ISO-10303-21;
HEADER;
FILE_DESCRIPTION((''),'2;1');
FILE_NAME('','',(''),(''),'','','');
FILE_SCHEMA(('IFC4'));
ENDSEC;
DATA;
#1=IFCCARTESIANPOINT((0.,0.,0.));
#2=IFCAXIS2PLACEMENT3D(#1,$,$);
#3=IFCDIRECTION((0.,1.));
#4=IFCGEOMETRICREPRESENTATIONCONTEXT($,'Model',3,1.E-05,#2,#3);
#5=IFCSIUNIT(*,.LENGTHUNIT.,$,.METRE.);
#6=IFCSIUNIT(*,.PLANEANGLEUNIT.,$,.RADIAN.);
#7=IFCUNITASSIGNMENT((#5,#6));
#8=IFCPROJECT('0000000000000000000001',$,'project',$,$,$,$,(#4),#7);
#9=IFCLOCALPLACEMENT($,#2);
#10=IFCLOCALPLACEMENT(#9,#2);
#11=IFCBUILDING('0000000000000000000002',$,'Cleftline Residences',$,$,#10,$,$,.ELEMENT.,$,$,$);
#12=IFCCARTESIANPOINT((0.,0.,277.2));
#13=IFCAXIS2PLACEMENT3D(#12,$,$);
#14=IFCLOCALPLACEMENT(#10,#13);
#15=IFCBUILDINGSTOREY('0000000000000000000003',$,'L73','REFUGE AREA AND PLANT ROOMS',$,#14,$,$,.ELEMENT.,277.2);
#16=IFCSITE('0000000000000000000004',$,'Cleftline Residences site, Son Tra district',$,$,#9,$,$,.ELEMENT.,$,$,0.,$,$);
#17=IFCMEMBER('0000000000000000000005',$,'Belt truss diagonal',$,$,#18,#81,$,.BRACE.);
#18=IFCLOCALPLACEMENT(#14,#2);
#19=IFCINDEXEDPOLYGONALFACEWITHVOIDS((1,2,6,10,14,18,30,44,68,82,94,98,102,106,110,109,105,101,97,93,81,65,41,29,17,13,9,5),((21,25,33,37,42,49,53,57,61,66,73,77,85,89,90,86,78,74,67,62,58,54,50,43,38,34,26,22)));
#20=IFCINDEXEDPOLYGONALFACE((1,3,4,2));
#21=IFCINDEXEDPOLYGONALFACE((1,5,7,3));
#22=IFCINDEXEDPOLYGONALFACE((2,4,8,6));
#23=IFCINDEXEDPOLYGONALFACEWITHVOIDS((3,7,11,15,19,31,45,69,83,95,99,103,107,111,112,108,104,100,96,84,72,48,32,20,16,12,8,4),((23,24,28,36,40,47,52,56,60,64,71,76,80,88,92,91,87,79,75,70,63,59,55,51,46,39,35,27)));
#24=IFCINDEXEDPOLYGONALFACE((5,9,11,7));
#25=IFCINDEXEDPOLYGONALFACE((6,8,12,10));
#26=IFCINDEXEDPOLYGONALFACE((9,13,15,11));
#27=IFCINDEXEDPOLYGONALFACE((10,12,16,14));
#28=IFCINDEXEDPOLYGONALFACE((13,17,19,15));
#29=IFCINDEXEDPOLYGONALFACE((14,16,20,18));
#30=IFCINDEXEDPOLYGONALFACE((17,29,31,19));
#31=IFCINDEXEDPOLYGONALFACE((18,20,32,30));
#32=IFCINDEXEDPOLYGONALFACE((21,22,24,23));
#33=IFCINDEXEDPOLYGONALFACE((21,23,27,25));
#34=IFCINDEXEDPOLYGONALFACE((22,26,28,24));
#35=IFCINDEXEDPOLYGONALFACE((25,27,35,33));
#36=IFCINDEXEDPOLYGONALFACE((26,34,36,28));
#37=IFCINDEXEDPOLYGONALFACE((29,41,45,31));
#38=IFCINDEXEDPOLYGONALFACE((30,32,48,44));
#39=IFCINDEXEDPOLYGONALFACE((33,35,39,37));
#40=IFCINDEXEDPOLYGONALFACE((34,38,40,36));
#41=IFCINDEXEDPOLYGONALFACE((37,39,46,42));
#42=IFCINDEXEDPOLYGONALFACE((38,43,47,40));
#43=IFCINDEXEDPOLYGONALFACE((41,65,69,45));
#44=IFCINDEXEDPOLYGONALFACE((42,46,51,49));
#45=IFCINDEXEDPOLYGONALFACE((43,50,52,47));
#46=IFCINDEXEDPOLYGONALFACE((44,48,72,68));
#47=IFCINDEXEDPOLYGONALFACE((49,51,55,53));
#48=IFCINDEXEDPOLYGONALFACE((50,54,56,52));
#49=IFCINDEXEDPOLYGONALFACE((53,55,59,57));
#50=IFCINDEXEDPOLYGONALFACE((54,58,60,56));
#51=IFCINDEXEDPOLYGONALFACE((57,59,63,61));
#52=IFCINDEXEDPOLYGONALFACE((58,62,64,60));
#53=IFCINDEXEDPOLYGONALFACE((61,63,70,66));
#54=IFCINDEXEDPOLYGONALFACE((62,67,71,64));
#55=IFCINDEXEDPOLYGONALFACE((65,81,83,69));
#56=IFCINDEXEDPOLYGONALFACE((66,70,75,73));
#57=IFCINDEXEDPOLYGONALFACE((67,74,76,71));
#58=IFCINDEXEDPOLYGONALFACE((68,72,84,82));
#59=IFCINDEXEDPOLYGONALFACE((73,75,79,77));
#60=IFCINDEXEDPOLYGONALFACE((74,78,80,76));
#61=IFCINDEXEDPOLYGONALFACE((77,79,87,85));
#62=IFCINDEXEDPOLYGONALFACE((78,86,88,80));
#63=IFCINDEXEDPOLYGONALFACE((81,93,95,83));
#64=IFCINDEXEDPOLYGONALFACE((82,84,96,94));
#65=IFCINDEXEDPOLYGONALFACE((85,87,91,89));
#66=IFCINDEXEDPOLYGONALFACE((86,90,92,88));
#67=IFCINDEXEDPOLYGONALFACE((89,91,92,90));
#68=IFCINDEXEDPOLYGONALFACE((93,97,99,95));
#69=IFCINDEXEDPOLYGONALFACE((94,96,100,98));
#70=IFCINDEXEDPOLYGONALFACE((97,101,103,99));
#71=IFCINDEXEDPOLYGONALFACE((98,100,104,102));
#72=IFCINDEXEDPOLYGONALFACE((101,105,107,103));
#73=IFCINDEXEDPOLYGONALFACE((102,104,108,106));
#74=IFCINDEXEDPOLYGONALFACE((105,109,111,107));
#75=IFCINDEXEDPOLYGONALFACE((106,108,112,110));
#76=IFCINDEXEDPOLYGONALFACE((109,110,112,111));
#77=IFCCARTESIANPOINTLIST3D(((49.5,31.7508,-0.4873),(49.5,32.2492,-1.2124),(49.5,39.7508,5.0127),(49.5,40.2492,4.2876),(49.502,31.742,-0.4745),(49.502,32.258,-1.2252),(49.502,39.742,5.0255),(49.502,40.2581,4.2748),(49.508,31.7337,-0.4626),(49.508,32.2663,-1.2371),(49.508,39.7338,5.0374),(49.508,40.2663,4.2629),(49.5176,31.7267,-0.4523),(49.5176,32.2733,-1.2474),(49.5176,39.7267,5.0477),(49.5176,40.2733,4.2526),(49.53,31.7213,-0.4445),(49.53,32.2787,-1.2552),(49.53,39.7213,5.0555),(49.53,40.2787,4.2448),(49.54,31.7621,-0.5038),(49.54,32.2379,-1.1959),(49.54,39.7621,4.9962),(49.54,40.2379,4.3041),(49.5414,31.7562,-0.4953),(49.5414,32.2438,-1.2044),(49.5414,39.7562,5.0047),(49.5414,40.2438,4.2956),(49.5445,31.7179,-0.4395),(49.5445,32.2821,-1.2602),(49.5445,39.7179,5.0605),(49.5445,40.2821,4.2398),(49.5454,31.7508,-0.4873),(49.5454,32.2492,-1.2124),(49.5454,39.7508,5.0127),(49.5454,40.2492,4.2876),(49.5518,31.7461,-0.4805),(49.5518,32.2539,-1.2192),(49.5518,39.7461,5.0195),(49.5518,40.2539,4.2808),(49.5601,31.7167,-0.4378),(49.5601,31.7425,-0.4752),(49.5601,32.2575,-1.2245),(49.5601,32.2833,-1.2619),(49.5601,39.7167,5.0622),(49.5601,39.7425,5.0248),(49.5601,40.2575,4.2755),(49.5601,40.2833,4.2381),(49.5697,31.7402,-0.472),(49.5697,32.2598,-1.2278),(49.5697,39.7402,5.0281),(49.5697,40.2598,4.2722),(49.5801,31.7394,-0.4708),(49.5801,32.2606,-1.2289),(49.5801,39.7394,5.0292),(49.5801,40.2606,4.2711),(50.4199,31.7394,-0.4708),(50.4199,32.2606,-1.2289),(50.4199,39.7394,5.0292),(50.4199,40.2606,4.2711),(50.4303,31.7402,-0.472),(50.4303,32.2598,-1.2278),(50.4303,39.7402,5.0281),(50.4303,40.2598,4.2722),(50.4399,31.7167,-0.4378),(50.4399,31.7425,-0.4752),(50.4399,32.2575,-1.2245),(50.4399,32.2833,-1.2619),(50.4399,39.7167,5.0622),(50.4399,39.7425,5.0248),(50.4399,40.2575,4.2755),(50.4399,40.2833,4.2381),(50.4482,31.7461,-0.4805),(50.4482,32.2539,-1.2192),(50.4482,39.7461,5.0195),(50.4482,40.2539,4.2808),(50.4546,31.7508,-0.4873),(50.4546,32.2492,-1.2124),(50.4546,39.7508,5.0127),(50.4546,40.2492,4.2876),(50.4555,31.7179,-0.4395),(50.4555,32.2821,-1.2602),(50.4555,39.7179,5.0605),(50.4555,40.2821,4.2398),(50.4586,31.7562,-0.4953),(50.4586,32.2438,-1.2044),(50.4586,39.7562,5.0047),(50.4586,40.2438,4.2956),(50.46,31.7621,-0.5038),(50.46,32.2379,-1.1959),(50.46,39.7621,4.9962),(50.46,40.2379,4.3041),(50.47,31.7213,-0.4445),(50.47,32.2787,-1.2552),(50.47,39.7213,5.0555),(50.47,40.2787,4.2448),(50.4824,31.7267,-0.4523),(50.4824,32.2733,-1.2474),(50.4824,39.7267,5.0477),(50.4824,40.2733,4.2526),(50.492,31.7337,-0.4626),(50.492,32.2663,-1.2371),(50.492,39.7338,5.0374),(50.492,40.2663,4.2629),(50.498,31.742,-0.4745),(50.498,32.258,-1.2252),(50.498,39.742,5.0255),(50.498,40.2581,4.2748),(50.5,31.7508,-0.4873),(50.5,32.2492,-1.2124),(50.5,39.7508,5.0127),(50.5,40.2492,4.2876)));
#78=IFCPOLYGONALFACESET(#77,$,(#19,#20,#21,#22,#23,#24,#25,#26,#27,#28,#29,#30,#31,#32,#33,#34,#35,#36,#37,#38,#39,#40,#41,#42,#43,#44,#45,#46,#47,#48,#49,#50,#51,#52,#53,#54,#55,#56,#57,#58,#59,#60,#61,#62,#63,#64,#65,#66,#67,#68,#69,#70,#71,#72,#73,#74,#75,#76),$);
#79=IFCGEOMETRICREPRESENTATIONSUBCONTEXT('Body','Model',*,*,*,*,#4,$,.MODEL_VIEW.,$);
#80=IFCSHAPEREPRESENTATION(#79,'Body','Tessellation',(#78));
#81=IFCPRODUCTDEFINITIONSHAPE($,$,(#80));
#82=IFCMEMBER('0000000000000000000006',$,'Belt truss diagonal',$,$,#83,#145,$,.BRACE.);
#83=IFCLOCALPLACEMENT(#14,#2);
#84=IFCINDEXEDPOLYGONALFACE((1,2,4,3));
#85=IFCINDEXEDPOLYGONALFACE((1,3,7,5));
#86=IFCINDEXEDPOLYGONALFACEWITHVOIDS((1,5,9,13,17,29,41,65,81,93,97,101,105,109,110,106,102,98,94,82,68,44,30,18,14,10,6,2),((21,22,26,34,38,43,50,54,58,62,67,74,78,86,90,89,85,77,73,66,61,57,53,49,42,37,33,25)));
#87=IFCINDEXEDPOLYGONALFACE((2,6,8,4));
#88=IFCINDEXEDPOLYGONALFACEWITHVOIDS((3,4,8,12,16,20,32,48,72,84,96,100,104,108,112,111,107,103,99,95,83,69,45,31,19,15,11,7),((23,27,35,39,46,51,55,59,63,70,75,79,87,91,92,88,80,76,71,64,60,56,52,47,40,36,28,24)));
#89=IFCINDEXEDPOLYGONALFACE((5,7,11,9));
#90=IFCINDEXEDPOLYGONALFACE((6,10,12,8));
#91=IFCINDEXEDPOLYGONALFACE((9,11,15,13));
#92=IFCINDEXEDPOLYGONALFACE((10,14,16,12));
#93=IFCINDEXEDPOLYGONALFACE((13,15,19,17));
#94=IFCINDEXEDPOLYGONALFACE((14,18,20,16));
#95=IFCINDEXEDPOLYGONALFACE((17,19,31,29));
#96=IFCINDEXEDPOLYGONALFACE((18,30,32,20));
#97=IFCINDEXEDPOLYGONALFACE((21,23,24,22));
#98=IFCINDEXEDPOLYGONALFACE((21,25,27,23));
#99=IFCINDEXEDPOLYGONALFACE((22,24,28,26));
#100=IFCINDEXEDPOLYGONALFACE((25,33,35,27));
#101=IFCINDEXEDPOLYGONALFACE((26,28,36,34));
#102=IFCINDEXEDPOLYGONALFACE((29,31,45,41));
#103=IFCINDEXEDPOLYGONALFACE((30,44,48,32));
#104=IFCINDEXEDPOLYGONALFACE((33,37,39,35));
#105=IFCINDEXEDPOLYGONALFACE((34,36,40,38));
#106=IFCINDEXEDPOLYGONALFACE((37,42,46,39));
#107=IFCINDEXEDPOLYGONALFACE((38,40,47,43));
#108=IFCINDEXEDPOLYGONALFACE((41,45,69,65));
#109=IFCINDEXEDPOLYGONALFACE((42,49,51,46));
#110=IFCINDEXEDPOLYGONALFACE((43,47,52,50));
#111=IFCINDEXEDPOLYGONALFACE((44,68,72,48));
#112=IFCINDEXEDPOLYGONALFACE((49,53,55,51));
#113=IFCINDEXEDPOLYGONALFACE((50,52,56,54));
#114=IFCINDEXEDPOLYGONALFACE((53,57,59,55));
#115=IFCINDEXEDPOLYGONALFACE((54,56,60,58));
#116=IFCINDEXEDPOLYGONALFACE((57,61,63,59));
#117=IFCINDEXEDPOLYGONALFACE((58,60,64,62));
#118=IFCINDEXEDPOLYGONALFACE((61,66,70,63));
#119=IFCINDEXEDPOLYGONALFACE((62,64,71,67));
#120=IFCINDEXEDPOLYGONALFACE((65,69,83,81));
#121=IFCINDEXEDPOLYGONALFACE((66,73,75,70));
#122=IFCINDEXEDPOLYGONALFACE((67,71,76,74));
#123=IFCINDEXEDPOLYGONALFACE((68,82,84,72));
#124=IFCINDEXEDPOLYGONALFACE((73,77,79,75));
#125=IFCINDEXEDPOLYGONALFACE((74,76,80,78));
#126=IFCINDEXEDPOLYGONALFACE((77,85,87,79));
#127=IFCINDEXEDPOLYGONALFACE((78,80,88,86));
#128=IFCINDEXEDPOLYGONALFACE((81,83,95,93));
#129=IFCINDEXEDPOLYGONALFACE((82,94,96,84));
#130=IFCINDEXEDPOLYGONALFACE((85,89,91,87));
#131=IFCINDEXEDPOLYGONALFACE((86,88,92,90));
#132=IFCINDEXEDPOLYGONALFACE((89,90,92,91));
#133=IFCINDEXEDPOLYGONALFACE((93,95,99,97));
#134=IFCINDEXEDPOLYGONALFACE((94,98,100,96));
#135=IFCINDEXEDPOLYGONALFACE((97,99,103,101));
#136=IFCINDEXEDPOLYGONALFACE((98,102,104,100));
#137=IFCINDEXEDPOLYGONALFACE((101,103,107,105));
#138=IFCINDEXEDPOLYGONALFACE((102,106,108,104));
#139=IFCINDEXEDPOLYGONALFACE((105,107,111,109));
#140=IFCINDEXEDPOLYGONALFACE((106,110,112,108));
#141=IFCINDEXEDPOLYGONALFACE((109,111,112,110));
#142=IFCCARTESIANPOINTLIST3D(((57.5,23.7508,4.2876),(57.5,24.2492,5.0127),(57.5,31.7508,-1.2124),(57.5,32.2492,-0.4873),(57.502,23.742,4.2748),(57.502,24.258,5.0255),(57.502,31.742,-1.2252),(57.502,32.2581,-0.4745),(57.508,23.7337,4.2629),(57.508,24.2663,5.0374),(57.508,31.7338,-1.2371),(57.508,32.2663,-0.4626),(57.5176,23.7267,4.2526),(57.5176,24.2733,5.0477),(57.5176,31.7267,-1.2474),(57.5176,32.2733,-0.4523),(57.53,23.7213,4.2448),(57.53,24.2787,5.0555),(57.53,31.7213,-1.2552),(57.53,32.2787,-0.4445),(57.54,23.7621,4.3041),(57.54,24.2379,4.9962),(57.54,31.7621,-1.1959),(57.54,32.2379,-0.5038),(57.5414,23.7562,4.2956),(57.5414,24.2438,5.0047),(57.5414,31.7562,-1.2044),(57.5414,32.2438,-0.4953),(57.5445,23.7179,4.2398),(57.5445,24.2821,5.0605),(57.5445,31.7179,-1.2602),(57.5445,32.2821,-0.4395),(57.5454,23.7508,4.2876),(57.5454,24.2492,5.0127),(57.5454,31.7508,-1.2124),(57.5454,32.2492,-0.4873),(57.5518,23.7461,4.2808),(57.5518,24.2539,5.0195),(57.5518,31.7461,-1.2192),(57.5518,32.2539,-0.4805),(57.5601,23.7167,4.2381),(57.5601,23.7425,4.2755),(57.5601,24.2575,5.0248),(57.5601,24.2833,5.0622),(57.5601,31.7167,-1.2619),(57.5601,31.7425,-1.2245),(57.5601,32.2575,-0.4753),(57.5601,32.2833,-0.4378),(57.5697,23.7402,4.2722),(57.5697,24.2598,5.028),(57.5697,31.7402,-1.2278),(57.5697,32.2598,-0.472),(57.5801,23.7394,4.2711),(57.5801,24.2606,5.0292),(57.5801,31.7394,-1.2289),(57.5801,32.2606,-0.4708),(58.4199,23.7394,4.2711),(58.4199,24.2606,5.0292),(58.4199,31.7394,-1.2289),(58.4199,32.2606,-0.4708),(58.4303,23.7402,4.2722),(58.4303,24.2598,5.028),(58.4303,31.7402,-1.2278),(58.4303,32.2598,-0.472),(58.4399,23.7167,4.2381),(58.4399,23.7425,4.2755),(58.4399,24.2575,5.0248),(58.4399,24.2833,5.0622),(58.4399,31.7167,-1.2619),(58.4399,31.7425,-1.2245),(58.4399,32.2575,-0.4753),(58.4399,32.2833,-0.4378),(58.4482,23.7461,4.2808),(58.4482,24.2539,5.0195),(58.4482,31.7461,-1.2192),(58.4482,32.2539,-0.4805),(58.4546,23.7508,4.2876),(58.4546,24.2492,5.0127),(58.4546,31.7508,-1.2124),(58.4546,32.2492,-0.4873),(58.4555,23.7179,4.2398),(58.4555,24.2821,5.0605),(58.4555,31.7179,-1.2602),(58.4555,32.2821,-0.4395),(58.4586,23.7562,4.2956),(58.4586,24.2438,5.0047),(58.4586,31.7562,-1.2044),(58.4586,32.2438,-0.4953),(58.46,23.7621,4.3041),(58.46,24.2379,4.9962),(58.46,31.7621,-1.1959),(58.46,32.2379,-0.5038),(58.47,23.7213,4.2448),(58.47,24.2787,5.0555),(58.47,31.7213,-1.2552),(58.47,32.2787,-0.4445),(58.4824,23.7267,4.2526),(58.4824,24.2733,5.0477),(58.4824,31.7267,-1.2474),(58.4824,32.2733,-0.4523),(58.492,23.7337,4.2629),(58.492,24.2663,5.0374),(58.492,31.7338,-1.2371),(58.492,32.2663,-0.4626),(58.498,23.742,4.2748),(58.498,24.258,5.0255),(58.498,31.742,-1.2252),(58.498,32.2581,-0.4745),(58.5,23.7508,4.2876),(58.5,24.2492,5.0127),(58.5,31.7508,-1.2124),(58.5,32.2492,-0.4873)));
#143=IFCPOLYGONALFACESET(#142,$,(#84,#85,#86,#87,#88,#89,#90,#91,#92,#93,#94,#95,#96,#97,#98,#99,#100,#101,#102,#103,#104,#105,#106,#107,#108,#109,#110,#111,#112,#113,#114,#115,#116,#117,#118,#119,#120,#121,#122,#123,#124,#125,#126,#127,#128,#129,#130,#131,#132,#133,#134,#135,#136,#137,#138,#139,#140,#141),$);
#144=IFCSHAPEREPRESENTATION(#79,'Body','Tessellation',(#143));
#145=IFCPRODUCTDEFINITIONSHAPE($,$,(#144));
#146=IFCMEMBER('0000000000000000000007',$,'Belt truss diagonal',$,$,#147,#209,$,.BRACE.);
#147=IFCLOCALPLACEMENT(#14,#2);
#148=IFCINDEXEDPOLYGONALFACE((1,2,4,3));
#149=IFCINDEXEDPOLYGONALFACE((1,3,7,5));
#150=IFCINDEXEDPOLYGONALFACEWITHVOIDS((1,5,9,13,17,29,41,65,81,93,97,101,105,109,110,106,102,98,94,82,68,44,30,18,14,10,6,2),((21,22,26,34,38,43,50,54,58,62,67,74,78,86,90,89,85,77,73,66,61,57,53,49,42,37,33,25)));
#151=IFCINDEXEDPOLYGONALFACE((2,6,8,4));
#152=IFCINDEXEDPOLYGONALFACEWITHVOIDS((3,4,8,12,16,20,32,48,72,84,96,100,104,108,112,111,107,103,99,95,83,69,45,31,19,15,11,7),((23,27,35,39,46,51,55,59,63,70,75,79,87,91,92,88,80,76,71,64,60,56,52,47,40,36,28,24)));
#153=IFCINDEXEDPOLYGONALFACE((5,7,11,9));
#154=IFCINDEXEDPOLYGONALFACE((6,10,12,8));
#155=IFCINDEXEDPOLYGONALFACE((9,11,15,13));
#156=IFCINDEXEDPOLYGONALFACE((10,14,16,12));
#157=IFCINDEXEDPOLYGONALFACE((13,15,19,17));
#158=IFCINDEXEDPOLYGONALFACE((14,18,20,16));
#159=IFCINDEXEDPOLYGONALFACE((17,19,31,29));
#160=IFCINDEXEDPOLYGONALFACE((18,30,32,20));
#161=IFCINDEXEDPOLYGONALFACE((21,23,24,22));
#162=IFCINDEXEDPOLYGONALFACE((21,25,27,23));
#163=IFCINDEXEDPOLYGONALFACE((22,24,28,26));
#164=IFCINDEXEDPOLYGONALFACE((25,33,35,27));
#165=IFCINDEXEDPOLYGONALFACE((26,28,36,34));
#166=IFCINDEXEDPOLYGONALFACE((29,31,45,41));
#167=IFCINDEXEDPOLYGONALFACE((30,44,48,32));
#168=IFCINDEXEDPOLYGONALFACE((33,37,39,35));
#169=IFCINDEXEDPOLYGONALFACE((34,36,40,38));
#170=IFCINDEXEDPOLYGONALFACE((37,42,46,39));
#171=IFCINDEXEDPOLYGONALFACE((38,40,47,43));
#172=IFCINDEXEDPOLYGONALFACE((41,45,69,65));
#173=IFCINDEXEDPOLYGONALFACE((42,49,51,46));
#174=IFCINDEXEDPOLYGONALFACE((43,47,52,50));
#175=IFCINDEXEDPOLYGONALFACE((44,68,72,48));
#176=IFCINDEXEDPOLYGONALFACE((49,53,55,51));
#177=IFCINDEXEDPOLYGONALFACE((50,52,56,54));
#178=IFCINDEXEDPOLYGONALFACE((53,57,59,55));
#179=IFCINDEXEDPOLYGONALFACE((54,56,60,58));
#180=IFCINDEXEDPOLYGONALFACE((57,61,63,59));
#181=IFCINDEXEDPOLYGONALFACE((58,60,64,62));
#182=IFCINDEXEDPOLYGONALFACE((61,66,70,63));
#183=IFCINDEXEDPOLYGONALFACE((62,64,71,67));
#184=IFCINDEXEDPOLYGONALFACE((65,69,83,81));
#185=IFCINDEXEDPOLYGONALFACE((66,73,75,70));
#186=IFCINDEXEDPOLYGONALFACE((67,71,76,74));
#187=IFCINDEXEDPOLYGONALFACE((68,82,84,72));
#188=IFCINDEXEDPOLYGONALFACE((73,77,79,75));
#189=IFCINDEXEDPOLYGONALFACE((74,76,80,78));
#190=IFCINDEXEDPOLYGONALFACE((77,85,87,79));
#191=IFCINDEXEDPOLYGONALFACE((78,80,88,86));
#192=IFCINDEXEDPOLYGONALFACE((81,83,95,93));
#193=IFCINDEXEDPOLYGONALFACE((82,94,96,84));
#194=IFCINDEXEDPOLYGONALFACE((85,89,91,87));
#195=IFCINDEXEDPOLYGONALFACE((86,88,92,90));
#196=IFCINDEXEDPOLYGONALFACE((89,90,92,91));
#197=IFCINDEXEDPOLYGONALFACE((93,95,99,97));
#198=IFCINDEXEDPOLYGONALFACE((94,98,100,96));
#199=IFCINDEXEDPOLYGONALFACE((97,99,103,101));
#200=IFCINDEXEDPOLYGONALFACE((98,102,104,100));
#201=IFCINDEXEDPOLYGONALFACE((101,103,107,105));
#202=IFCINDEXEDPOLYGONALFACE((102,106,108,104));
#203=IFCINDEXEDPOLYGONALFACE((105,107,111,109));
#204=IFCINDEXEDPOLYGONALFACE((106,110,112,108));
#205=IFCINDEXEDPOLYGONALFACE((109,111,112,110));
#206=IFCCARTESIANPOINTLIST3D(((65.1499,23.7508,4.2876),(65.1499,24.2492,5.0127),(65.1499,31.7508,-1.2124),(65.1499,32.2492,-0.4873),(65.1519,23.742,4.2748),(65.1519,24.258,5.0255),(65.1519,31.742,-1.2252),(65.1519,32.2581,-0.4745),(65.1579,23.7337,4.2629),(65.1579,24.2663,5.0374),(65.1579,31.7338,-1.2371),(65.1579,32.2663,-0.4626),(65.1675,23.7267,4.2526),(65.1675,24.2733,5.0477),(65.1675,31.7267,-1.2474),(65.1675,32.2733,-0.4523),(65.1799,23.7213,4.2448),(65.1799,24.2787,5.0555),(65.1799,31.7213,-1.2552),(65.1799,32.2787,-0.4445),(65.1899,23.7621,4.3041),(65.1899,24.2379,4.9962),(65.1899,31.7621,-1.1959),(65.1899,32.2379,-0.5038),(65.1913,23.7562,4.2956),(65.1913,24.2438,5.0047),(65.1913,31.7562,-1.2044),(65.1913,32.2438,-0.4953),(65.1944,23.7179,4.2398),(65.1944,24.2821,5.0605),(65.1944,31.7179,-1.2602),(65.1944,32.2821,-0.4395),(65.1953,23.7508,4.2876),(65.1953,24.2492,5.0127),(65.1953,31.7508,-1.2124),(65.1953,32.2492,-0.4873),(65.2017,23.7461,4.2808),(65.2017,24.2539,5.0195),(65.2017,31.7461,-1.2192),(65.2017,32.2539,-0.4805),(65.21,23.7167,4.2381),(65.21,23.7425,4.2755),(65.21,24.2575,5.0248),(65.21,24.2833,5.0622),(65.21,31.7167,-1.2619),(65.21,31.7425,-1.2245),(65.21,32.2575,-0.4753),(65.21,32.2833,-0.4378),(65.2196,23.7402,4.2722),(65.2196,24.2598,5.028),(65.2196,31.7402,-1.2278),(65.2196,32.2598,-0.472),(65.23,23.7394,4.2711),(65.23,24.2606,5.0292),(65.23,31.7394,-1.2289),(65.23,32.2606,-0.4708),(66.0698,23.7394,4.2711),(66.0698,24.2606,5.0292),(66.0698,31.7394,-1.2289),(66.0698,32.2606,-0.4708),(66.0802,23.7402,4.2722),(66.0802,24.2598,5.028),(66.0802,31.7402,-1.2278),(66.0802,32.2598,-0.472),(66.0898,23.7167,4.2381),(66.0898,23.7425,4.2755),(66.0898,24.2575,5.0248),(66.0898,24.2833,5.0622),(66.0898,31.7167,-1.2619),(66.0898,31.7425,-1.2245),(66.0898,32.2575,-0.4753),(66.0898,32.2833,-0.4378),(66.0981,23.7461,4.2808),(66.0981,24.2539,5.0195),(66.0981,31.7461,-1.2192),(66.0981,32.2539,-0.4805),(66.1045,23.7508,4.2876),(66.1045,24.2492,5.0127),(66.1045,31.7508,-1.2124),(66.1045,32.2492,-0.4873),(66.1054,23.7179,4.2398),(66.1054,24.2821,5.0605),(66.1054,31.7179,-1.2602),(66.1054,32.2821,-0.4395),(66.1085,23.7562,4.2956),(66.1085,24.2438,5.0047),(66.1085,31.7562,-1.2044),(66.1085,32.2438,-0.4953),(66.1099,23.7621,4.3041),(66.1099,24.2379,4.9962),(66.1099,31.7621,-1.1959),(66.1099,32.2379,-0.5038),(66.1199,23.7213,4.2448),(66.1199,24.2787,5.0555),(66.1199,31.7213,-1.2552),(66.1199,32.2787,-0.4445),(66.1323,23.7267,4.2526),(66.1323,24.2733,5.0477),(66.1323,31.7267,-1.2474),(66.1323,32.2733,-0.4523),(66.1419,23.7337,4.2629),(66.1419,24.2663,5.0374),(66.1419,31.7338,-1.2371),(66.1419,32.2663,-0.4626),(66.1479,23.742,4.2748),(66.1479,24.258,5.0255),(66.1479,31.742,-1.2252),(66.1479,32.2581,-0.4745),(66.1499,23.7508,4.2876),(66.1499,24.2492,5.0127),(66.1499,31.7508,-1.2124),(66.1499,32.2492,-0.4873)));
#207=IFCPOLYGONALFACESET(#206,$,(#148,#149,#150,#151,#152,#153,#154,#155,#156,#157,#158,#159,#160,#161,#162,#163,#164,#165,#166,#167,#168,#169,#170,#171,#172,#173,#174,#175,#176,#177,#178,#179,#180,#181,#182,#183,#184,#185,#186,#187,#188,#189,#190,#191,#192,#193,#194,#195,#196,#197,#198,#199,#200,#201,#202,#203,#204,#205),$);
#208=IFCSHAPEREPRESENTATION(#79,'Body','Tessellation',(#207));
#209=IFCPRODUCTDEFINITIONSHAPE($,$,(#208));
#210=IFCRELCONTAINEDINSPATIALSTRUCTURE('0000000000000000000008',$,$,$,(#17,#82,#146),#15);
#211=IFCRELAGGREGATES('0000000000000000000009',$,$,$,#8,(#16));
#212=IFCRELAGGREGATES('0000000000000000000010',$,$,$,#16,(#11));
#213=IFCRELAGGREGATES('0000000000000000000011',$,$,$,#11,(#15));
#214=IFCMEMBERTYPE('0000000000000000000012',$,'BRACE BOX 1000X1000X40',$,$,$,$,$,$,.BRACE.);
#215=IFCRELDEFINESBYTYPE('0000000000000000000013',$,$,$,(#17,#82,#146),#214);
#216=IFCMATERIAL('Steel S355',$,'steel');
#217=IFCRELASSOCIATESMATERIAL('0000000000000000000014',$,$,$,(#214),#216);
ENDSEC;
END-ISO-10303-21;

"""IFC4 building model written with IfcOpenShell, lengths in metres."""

from ifc_helpers import new_model, si_unit, direction, frame, origin, origin_2d, place, context, subcontext, project, spatial, hollow_rectangle, extrude, material, material_profile, profile_set, type_object, element, save


model = new_model("IFC4")

# Units and contexts
model_context = context("Model", 3, precision=1e-05, world=origin(), true_north=direction((0.0, 1.0)))
body_context = subcontext(model_context, "Body", "Model", "MODEL_VIEW")
ifc_project = project(units=[si_unit("LENGTHUNIT", "METRE"), si_unit("PLANEANGLEUNIT", "RADIAN")], contexts=[model_context])

# Site, building, storey
site_placement = place(None, origin())
site = spatial("IfcSite", under=ifc_project, at=site_placement, Name="Cleftline Residences site, Son Tra district", CompositionType="ELEMENT", RefElevation=0.0)
building_placement = place(site_placement, origin())
building = spatial("IfcBuilding", under=site, at=building_placement, Name="Cleftline Residences", CompositionType="ELEMENT")
storey_placement = place(building_placement, frame((0.0, 0.0, 277.2)))
storey = spatial("IfcBuildingStorey", under=building, at=storey_placement, Name="L73", Description="REFUGE AREA AND PLANT ROOMS", CompositionType="ELEMENT", Elevation=277.2)

# Members
ifc_material_1 = material(Name="Steel S355", Category="steel")
ifc_material_profile_1 = material_profile(ifc_material_1, hollow_rectangle(XDim=1.0, YDim=1.0, WallThickness=0.04, InnerFilletRadius=0.04, OuterFilletRadius=0.0601, at=origin_2d()))
ifc_profile_set_1 = profile_set([ifc_material_profile_1], Name="Steel S355")
member_type_1 = type_object("IfcMemberType", Name="BRACE BOX 1000X1000X40", PredefinedType="BRACE", material=ifc_profile_set_1)
for number, where, z_axis, x_axis, name in (
    (1, (50.0, 32.0, -0.8499), (0.0, 0.824042, 0.566529), (0.0, -0.566529, 0.824042), "Belt truss diagonal"),
    (2, (58.0, 24.0, 4.6501), (0.0, 0.824042, -0.566529), (0.0, 0.566529, 0.824042), "Belt truss diagonal"),
    (3, (65.6499, 24.0, 4.6501), (0.0, 0.824042, -0.566529), (0.0, 0.566529, 0.824042), "Belt truss diagonal"),
):
    element("IfcMember", number, at=place(storey_placement, frame(where, z_axis=z_axis, x_axis=x_axis)), inside=storey, type_object=member_type_1, Name=name, PredefinedType="BRACE", context=body_context, shape_type="SweptSolid", body=[
        extrude(hollow_rectangle(XDim=1.0, YDim=1.0, WallThickness=0.04, InnerFilletRadius=0.04, OuterFilletRadius=0.0601, at=origin_2d()), origin(), (0.0, 0.0, 1.0), 9.7083),
    ])

save(model, "model.ifc")
